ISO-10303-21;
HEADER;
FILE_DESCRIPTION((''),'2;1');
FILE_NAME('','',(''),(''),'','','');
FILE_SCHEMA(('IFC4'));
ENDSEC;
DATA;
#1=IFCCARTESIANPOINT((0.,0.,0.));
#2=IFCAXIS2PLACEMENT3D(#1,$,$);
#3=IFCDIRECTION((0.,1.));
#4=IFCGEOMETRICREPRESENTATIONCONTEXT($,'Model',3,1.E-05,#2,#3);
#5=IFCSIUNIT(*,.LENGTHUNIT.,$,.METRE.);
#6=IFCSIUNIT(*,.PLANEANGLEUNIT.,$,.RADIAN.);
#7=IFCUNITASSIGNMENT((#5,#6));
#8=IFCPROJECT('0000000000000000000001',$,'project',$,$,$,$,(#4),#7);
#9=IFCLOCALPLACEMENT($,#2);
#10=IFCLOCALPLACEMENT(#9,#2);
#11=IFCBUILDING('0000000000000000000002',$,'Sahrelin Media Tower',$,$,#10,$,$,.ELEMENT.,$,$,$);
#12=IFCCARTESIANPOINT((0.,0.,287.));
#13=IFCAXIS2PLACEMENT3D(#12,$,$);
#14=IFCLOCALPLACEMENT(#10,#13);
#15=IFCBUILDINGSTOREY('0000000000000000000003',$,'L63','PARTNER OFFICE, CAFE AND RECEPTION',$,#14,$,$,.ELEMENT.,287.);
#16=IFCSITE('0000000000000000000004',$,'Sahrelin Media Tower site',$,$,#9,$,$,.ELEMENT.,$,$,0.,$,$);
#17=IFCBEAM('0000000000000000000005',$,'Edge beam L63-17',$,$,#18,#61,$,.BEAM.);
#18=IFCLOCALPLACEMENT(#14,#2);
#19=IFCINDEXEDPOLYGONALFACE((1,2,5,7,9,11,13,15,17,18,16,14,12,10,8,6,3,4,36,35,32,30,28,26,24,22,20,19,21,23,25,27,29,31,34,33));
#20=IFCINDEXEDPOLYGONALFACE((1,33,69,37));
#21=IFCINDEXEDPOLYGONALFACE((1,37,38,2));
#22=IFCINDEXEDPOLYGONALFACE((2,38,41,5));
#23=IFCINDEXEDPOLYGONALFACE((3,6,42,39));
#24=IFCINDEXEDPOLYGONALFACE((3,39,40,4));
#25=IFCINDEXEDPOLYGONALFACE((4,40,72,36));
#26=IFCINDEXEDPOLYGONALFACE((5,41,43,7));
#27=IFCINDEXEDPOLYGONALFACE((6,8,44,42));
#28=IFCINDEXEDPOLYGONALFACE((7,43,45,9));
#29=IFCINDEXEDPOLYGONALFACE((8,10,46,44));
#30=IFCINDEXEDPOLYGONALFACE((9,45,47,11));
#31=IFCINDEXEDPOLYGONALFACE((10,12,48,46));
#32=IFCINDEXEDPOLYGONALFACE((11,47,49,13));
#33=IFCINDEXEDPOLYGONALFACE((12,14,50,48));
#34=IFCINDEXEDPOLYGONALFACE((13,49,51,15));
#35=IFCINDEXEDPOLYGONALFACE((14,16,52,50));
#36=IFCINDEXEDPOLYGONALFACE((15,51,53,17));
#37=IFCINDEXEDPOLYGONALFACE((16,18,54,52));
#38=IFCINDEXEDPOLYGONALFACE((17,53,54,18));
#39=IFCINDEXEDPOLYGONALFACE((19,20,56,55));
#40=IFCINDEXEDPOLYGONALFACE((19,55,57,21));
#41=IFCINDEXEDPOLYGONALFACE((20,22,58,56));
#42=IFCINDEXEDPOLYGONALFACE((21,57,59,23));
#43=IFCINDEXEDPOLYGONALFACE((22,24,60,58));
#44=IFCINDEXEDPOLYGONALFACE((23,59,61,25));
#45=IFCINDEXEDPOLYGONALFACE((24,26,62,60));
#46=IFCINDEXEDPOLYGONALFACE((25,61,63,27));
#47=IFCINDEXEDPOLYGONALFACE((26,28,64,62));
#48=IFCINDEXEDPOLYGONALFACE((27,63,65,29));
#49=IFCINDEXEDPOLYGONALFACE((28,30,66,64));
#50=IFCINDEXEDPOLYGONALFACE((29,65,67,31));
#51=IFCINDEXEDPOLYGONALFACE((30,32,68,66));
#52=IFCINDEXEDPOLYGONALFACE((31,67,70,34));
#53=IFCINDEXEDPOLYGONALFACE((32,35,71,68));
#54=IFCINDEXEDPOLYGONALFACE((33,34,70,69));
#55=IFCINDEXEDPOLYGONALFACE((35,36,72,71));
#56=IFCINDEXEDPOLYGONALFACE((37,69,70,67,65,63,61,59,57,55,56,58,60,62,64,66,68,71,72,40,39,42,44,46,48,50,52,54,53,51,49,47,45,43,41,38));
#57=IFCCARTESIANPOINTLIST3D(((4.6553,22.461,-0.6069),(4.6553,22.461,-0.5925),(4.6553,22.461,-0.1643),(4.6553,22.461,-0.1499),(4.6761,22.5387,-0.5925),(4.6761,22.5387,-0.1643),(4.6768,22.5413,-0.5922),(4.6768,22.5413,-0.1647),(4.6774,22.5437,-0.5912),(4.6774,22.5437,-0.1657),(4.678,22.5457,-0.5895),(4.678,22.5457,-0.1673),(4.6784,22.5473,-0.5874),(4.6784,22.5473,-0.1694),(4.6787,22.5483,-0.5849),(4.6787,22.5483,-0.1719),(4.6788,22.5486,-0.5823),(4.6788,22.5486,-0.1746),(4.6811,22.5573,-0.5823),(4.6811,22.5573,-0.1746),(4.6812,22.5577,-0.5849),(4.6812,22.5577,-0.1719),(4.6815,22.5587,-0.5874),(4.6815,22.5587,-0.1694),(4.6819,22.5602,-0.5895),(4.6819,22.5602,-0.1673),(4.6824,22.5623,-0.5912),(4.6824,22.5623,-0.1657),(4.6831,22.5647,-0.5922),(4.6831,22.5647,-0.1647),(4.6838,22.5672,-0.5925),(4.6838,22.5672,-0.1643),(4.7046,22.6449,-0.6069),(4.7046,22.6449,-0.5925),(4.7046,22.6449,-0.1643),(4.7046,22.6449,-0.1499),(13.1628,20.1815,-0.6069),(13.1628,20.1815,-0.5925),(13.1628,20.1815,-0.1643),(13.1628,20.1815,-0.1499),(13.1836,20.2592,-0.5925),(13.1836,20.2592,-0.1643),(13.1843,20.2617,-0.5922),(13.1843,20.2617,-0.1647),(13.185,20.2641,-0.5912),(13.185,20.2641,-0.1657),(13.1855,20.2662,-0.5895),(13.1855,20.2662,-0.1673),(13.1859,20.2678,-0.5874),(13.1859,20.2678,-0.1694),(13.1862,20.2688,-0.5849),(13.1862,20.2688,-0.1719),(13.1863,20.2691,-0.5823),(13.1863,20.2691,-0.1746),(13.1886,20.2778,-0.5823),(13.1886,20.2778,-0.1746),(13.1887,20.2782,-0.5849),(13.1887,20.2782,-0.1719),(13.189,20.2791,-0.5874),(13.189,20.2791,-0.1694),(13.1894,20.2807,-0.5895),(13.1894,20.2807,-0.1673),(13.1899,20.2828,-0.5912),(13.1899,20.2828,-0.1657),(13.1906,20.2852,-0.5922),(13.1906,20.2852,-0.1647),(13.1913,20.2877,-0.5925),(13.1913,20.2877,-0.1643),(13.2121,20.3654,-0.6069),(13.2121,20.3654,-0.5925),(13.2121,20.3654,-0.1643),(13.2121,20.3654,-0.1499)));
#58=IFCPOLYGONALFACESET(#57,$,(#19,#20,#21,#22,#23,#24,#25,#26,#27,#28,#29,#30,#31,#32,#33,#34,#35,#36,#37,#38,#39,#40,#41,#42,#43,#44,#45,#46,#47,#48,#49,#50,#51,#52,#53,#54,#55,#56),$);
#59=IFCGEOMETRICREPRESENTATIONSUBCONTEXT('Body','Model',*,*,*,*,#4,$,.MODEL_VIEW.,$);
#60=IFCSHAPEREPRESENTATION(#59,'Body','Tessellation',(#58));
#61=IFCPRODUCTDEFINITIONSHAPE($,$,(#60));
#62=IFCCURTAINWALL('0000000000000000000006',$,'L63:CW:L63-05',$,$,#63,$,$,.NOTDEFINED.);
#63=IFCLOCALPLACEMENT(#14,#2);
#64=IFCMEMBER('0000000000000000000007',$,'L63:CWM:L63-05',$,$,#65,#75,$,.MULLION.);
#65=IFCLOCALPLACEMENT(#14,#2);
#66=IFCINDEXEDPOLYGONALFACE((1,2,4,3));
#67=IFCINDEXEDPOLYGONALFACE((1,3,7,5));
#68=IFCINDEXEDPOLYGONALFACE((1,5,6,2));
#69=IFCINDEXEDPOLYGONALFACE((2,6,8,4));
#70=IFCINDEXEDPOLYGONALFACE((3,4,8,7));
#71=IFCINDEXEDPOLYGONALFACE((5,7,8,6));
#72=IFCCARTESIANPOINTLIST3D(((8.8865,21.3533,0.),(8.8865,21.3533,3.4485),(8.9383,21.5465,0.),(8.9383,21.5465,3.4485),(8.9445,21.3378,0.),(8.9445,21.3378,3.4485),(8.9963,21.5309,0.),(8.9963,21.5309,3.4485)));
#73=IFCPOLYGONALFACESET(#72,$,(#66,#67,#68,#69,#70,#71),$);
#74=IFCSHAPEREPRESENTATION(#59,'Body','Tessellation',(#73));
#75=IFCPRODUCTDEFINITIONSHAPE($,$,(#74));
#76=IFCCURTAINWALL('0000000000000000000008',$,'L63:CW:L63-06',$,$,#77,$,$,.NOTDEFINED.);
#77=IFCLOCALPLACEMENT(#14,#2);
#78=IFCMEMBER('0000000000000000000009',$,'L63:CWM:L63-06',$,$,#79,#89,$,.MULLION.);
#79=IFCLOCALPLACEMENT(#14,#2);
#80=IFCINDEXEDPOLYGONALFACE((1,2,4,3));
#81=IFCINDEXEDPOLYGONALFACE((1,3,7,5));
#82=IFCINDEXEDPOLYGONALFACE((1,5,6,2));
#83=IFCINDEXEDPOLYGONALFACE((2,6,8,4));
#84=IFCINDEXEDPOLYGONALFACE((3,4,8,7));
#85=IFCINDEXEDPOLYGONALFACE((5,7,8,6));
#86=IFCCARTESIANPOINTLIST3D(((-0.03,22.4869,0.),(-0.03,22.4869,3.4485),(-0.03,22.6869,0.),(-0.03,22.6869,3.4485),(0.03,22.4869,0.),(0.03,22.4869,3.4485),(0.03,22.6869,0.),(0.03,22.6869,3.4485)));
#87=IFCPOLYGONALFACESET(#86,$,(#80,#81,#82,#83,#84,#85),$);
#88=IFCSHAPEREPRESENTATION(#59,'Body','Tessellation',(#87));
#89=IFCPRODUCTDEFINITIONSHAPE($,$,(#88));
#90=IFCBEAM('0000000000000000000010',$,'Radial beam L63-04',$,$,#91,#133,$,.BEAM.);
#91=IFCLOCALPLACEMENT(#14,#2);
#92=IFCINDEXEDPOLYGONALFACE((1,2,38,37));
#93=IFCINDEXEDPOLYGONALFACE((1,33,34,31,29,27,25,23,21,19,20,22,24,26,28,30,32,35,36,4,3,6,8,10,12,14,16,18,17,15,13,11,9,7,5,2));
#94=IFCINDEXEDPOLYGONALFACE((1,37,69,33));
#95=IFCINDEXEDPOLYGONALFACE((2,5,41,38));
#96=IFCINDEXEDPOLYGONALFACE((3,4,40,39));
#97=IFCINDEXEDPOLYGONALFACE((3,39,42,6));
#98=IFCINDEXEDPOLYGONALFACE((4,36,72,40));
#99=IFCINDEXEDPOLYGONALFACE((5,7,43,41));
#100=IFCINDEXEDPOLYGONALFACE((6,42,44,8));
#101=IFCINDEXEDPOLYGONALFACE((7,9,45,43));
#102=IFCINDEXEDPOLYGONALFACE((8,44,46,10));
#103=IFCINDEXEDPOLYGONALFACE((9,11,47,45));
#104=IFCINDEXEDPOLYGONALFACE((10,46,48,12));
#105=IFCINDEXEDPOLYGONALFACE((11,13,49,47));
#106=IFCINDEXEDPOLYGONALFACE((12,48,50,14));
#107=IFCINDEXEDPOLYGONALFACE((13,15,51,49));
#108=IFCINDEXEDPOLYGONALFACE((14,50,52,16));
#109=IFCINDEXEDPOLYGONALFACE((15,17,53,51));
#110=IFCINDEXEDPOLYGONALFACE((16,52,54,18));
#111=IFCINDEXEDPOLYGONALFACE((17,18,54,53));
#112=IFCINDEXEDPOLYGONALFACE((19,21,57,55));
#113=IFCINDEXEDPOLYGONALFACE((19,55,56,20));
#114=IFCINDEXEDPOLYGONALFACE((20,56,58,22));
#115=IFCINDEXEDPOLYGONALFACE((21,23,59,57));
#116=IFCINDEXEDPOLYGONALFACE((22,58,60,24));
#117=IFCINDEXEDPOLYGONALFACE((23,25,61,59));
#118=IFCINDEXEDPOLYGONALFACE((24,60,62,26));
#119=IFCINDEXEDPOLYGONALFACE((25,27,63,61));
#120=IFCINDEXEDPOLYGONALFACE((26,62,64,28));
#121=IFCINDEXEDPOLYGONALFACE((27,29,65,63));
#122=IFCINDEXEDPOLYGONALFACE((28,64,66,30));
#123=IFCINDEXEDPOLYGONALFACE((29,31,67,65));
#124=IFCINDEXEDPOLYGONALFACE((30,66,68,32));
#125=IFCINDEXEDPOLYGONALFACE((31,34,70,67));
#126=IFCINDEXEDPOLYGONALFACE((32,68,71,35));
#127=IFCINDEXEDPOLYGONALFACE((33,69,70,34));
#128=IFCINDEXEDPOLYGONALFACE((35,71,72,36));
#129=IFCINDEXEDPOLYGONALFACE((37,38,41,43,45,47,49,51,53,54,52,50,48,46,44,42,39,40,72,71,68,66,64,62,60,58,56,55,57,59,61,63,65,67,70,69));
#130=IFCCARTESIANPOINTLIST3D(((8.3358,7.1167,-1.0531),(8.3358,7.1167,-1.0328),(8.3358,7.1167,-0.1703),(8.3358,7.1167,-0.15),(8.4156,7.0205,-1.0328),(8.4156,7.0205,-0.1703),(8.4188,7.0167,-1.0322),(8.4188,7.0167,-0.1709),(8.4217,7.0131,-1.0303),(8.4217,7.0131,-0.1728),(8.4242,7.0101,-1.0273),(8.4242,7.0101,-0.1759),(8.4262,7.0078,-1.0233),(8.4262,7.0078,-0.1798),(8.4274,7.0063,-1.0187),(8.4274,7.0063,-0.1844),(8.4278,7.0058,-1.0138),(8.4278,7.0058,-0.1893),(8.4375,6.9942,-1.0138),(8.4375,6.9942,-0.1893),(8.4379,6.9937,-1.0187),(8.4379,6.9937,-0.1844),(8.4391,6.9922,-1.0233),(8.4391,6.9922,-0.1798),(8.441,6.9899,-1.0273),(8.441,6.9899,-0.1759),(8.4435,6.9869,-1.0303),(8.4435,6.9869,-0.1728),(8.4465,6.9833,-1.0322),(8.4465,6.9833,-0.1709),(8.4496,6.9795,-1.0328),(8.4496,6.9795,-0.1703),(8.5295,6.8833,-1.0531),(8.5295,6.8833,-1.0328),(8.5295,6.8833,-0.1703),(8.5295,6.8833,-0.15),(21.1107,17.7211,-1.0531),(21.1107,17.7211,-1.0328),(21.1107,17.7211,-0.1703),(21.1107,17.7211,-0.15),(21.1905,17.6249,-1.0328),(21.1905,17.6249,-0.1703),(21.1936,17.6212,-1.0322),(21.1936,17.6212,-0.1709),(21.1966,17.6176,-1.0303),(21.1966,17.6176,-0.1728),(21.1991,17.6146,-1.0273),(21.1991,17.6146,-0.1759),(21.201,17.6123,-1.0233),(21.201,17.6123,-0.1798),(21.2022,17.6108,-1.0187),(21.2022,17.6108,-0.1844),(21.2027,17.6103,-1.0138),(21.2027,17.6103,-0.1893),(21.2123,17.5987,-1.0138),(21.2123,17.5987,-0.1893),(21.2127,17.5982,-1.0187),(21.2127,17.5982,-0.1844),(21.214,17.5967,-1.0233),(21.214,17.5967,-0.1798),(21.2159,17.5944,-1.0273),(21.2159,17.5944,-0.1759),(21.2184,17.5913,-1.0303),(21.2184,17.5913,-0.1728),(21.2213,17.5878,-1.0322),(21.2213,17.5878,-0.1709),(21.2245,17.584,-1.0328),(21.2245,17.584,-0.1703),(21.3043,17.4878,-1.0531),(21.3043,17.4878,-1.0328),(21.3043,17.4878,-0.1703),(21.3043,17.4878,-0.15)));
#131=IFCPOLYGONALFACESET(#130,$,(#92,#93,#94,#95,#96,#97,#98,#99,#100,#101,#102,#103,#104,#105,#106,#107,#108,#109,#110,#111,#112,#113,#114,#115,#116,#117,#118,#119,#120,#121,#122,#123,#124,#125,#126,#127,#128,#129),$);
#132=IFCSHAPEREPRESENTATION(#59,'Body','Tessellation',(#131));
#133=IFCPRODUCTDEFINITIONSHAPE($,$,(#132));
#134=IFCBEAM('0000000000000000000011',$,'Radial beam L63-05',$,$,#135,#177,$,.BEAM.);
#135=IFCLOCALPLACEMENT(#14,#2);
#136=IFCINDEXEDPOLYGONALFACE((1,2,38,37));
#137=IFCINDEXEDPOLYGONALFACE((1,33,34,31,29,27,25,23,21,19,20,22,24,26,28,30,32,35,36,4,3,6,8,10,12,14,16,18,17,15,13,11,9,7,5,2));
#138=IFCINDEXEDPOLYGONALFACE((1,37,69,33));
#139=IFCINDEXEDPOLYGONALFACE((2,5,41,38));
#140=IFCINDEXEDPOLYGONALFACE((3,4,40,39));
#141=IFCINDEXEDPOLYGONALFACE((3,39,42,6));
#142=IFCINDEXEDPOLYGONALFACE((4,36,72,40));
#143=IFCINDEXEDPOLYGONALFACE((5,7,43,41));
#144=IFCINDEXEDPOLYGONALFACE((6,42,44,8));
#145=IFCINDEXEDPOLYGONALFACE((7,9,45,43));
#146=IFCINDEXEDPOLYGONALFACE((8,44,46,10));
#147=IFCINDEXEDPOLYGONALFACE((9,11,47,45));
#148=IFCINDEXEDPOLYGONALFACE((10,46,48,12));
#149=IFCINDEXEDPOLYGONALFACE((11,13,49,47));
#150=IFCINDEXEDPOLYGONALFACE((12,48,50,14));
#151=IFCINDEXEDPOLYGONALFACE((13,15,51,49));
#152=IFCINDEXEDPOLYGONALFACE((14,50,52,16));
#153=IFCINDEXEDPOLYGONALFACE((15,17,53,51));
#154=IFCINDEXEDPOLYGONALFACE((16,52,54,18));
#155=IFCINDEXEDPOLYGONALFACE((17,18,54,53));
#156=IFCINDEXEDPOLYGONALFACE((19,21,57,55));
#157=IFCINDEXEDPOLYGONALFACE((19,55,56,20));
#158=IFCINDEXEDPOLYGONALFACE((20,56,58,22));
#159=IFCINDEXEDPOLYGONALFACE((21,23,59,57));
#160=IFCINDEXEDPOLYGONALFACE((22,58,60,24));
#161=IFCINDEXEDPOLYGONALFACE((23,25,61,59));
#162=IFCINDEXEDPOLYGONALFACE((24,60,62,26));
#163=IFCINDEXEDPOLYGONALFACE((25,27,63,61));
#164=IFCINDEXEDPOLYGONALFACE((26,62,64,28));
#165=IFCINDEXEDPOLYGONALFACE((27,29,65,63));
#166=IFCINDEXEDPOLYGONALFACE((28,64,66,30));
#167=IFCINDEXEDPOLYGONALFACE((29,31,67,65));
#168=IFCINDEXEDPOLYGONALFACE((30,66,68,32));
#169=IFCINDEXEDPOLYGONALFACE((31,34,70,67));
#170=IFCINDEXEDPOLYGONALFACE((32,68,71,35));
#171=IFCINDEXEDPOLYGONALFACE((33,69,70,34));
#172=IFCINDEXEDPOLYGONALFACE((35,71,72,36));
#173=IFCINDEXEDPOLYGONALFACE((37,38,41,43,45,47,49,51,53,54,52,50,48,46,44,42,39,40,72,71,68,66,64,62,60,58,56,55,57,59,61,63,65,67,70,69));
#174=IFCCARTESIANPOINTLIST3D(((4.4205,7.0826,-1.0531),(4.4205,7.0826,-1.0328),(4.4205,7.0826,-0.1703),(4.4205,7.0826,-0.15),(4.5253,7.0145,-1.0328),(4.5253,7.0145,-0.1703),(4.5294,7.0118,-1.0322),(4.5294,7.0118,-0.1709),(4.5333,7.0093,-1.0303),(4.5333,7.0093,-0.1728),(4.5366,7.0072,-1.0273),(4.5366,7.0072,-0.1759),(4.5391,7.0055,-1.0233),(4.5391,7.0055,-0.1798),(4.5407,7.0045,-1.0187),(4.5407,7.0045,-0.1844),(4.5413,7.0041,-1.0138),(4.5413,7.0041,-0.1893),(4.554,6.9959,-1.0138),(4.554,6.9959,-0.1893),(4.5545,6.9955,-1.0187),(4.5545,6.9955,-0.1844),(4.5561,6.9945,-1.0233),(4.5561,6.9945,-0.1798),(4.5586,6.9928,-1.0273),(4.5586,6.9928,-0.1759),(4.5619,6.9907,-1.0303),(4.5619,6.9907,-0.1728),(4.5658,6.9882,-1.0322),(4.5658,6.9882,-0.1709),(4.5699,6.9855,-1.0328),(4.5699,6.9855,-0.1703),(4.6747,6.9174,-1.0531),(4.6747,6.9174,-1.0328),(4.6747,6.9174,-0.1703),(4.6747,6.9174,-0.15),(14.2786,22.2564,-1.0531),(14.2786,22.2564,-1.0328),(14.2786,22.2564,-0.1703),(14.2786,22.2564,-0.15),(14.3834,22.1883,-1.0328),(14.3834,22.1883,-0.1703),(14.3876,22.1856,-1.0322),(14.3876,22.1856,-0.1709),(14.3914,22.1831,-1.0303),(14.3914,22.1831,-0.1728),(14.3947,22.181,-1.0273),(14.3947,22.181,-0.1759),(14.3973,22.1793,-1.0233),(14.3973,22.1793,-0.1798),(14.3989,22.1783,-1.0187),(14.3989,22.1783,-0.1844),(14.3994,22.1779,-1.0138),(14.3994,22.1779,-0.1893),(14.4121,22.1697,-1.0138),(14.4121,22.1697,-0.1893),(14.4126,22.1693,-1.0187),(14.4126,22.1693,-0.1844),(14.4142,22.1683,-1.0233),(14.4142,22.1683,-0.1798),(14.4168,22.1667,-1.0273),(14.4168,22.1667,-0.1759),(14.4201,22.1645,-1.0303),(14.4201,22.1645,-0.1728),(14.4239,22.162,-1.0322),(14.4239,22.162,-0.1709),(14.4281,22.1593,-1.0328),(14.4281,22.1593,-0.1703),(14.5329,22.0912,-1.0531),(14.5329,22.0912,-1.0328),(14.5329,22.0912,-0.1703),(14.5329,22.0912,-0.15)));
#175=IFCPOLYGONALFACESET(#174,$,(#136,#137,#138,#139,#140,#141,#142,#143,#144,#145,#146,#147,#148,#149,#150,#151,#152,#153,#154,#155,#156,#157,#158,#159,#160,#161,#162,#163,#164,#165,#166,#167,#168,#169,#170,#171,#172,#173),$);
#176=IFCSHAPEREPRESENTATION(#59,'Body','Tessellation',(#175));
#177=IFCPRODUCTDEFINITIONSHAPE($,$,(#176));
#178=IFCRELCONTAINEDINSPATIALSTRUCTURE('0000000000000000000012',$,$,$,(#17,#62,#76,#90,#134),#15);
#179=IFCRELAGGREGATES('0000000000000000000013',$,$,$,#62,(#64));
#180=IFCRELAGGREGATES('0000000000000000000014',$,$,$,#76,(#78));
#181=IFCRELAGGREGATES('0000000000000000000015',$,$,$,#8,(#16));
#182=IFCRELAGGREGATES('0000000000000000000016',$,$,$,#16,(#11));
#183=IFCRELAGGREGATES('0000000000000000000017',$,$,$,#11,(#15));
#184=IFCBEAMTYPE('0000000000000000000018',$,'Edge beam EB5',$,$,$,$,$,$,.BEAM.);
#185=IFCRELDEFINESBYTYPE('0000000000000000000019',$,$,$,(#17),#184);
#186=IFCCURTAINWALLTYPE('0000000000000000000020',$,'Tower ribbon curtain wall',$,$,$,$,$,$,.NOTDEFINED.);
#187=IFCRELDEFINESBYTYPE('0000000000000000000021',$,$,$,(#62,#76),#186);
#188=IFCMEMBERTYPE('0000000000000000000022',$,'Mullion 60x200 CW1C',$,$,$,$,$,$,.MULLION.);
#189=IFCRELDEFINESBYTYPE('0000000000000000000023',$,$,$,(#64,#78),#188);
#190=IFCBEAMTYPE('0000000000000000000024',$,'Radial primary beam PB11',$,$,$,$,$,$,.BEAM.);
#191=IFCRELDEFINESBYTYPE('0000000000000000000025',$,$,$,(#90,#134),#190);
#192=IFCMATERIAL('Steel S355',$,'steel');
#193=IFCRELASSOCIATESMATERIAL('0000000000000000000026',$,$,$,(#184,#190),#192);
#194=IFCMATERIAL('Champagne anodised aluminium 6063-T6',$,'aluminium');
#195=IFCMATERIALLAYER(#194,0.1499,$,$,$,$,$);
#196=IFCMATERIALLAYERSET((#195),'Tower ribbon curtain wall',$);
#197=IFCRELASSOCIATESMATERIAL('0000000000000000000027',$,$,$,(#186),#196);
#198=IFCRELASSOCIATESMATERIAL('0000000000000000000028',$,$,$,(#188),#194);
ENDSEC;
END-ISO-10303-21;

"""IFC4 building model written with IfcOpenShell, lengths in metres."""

from ifc_helpers import new_model, si_unit, direction, frame, origin, origin_2d, place, context, subcontext, project, spatial, rectangle, i_section, extrude, material, layer, layer_set, material_profile, profile_set, type_object, element, aggregate, save


model = new_model("IFC4")

# Units and contexts
model_context = context("Model", 3, precision=1e-05, world=origin(), true_north=direction((0.0, 1.0)))
body_context = subcontext(model_context, "Body", "Model", "MODEL_VIEW")
ifc_project = project(units=[si_unit("LENGTHUNIT", "METRE"), si_unit("PLANEANGLEUNIT", "RADIAN")], contexts=[model_context])

# Site, building, storey
site_placement = place(None, origin())
site = spatial("IfcSite", under=ifc_project, at=site_placement, Name="Sahrelin Media Tower site", CompositionType="ELEMENT", RefElevation=0.0)
building_placement = place(site_placement, origin())
building = spatial("IfcBuilding", under=site, at=building_placement, Name="Sahrelin Media Tower", CompositionType="ELEMENT")
storey_placement = place(building_placement, frame((0.0, 0.0, 287.0)))
storey = spatial("IfcBuildingStorey", under=building, at=storey_placement, Name="L63", Description="PARTNER OFFICE, CAFE AND RECEPTION", CompositionType="ELEMENT", Elevation=287.0)

# Beam
ifc_material_1 = material(Name="Steel S355", Category="steel")
ifc_material_profile_1 = material_profile(ifc_material_1, i_section(OverallWidth=0.1904, OverallDepth=0.457, WebThickness=0.009, FlangeThickness=0.0144, FilletRadius=0.0103, at=origin_2d()), Name="UB 457x191x74")
ifc_profile_set_1 = profile_set([ifc_material_profile_1], Name="Steel S355")
beam_type_1 = type_object("IfcBeamType", Name="Edge beam EB5", PredefinedType="BEAM", material=ifc_profile_set_1)
beam_1_placement = place(storey_placement, frame((4.6799, 22.553, -0.3784), z_axis=(0.965927, -0.258813, 0.0), x_axis=(0.258813, 0.965927, 0.0)))
element("IfcBeam", 1, at=beam_1_placement, inside=storey, type_object=beam_type_1, Name="Edge beam L63-17", PredefinedType="BEAM", context=body_context, shape_type="SweptSolid", body=[
    extrude(i_section(OverallWidth=0.1904, OverallDepth=0.457, WebThickness=0.009, FlangeThickness=0.0144, FilletRadius=0.0103, at=origin_2d()), origin(), (0.0, 0.0, 1.0), 8.8076),
])

# Curtain walls, members
ifc_material_2 = material(Name="Champagne anodised aluminium 6063-T6", Category="aluminium")
ifc_layer_1 = layer(ifc_material_2, 0.1499)
ifc_layer_set_1 = layer_set([ifc_layer_1], Name="Tower ribbon curtain wall")
curtain_wall_type = type_object("IfcCurtainWallType", Name="Tower ribbon curtain wall", PredefinedType="NOTDEFINED", material=ifc_layer_set_1)
curtain_wall_1_placement = place(storey_placement, frame((8.9724, 21.5581, 0.0), z_axis=(0.0, 0.0, 1.0), x_axis=(1.0, 0.0, 0.0)))
curtain_wall_1 = element("IfcCurtainWall", 2, at=curtain_wall_1_placement, inside=storey, type_object=curtain_wall_type, Name="L63:CW:L63-05", PredefinedType="NOTDEFINED")
ifc_material_profile_2 = material_profile(ifc_material_2, rectangle(XDim=0.0601, YDim=0.2, at=origin_2d()), Name="Mullion 60x200")
ifc_profile_set_2 = profile_set([ifc_material_profile_2], Name="Champagne anodised aluminium 6063-T6")
member_type_1 = type_object("IfcMemberType", Name="Mullion 60x200 CW1C", PredefinedType="MULLION", material=ifc_profile_set_2)
member_1_placement = place(storey_placement, frame((8.9414, 21.4421, 0.0), z_axis=(0.0, 0.0, 1.0), x_axis=(-0.965927, 0.258814, 0.0)))
member_1 = element("IfcMember", 3, at=member_1_placement, type_object=member_type_1, Name="L63:CWM:L63-05", PredefinedType="MULLION", context=body_context, shape_type="SweptSolid", body=[
    extrude(rectangle(XDim=0.0601, YDim=0.2, at=origin_2d()), origin(), (0.0, 0.0, 1.0), 3.4485),
])
aggregate(curtain_wall_1, [member_1])
placement_1 = place(storey_placement, frame((0.0, 22.7068, 0.0), z_axis=(0.0, 0.0, 1.0), x_axis=(1.0, 0.0, 0.0)))
curtain_wall_2 = element("IfcCurtainWall", 4, at=placement_1, inside=storey, type_object=curtain_wall_type, Name="L63:CW:L63-06", PredefinedType="NOTDEFINED")
member_2_placement = place(storey_placement, frame((0.0, 22.5869, 0.0), z_axis=(0.0, 0.0, 1.0), x_axis=(-1.0, 0.0, 0.0)))
member_2 = element("IfcMember", 5, at=member_2_placement, type_object=member_type_1, Name="L63:CWM:L63-06", PredefinedType="MULLION", context=body_context, shape_type="SweptSolid", body=[
    extrude(rectangle(XDim=0.0601, YDim=0.2, at=origin_2d()), origin(), (0.0, 0.0, 1.0), 3.4485),
])

# Beams
ifc_material_profile_3 = material_profile(ifc_material_1, i_section(OverallWidth=0.3032, OverallDepth=0.9031, WebThickness=0.0151, FlangeThickness=0.0203, FilletRadius=0.019, at=origin_2d()), Name="UB 914x305x201")
ifc_profile_set_3 = profile_set([ifc_material_profile_3], Name="Steel S355")
beam_type_2 = type_object("IfcBeamType", Name="Radial primary beam PB11", PredefinedType="BEAM", material=ifc_profile_set_3)
beam_2_placement = place(storey_placement, frame((8.4326, 7.0, -0.6016), z_axis=(0.769442, 0.638717, 0.0), x_axis=(-0.638717, 0.769442, 0.0)))
element("IfcBeam", 6, at=beam_2_placement, inside=storey, type_object=beam_type_2, Name="Radial beam L63-04", PredefinedType="BEAM", context=body_context, shape_type="SweptSolid", body=[
    extrude(i_section(OverallWidth=0.3032, OverallDepth=0.9031, WebThickness=0.0151, FlangeThickness=0.0203, FilletRadius=0.019, at=origin_2d()), origin(), (0.0, 0.0, 1.0), 16.6028),
])
beam_3_placement = place(storey_placement, frame((4.5476, 7.0, -0.6016), z_axis=(0.544801, 0.838566, 0.0), x_axis=(-0.838566, 0.544801, 0.0)))
element("IfcBeam", 7, at=beam_3_placement, inside=storey, type_object=beam_type_2, Name="Radial beam L63-05", PredefinedType="BEAM", context=body_context, shape_type="SweptSolid", body=[
    extrude(i_section(OverallWidth=0.3032, OverallDepth=0.9031, WebThickness=0.0151, FlangeThickness=0.0203, FilletRadius=0.019, at=origin_2d()), origin(), (0.0, 0.0, 1.0), 18.095),
])

aggregate(curtain_wall_2, [member_2])

save(model, "model.ifc")
